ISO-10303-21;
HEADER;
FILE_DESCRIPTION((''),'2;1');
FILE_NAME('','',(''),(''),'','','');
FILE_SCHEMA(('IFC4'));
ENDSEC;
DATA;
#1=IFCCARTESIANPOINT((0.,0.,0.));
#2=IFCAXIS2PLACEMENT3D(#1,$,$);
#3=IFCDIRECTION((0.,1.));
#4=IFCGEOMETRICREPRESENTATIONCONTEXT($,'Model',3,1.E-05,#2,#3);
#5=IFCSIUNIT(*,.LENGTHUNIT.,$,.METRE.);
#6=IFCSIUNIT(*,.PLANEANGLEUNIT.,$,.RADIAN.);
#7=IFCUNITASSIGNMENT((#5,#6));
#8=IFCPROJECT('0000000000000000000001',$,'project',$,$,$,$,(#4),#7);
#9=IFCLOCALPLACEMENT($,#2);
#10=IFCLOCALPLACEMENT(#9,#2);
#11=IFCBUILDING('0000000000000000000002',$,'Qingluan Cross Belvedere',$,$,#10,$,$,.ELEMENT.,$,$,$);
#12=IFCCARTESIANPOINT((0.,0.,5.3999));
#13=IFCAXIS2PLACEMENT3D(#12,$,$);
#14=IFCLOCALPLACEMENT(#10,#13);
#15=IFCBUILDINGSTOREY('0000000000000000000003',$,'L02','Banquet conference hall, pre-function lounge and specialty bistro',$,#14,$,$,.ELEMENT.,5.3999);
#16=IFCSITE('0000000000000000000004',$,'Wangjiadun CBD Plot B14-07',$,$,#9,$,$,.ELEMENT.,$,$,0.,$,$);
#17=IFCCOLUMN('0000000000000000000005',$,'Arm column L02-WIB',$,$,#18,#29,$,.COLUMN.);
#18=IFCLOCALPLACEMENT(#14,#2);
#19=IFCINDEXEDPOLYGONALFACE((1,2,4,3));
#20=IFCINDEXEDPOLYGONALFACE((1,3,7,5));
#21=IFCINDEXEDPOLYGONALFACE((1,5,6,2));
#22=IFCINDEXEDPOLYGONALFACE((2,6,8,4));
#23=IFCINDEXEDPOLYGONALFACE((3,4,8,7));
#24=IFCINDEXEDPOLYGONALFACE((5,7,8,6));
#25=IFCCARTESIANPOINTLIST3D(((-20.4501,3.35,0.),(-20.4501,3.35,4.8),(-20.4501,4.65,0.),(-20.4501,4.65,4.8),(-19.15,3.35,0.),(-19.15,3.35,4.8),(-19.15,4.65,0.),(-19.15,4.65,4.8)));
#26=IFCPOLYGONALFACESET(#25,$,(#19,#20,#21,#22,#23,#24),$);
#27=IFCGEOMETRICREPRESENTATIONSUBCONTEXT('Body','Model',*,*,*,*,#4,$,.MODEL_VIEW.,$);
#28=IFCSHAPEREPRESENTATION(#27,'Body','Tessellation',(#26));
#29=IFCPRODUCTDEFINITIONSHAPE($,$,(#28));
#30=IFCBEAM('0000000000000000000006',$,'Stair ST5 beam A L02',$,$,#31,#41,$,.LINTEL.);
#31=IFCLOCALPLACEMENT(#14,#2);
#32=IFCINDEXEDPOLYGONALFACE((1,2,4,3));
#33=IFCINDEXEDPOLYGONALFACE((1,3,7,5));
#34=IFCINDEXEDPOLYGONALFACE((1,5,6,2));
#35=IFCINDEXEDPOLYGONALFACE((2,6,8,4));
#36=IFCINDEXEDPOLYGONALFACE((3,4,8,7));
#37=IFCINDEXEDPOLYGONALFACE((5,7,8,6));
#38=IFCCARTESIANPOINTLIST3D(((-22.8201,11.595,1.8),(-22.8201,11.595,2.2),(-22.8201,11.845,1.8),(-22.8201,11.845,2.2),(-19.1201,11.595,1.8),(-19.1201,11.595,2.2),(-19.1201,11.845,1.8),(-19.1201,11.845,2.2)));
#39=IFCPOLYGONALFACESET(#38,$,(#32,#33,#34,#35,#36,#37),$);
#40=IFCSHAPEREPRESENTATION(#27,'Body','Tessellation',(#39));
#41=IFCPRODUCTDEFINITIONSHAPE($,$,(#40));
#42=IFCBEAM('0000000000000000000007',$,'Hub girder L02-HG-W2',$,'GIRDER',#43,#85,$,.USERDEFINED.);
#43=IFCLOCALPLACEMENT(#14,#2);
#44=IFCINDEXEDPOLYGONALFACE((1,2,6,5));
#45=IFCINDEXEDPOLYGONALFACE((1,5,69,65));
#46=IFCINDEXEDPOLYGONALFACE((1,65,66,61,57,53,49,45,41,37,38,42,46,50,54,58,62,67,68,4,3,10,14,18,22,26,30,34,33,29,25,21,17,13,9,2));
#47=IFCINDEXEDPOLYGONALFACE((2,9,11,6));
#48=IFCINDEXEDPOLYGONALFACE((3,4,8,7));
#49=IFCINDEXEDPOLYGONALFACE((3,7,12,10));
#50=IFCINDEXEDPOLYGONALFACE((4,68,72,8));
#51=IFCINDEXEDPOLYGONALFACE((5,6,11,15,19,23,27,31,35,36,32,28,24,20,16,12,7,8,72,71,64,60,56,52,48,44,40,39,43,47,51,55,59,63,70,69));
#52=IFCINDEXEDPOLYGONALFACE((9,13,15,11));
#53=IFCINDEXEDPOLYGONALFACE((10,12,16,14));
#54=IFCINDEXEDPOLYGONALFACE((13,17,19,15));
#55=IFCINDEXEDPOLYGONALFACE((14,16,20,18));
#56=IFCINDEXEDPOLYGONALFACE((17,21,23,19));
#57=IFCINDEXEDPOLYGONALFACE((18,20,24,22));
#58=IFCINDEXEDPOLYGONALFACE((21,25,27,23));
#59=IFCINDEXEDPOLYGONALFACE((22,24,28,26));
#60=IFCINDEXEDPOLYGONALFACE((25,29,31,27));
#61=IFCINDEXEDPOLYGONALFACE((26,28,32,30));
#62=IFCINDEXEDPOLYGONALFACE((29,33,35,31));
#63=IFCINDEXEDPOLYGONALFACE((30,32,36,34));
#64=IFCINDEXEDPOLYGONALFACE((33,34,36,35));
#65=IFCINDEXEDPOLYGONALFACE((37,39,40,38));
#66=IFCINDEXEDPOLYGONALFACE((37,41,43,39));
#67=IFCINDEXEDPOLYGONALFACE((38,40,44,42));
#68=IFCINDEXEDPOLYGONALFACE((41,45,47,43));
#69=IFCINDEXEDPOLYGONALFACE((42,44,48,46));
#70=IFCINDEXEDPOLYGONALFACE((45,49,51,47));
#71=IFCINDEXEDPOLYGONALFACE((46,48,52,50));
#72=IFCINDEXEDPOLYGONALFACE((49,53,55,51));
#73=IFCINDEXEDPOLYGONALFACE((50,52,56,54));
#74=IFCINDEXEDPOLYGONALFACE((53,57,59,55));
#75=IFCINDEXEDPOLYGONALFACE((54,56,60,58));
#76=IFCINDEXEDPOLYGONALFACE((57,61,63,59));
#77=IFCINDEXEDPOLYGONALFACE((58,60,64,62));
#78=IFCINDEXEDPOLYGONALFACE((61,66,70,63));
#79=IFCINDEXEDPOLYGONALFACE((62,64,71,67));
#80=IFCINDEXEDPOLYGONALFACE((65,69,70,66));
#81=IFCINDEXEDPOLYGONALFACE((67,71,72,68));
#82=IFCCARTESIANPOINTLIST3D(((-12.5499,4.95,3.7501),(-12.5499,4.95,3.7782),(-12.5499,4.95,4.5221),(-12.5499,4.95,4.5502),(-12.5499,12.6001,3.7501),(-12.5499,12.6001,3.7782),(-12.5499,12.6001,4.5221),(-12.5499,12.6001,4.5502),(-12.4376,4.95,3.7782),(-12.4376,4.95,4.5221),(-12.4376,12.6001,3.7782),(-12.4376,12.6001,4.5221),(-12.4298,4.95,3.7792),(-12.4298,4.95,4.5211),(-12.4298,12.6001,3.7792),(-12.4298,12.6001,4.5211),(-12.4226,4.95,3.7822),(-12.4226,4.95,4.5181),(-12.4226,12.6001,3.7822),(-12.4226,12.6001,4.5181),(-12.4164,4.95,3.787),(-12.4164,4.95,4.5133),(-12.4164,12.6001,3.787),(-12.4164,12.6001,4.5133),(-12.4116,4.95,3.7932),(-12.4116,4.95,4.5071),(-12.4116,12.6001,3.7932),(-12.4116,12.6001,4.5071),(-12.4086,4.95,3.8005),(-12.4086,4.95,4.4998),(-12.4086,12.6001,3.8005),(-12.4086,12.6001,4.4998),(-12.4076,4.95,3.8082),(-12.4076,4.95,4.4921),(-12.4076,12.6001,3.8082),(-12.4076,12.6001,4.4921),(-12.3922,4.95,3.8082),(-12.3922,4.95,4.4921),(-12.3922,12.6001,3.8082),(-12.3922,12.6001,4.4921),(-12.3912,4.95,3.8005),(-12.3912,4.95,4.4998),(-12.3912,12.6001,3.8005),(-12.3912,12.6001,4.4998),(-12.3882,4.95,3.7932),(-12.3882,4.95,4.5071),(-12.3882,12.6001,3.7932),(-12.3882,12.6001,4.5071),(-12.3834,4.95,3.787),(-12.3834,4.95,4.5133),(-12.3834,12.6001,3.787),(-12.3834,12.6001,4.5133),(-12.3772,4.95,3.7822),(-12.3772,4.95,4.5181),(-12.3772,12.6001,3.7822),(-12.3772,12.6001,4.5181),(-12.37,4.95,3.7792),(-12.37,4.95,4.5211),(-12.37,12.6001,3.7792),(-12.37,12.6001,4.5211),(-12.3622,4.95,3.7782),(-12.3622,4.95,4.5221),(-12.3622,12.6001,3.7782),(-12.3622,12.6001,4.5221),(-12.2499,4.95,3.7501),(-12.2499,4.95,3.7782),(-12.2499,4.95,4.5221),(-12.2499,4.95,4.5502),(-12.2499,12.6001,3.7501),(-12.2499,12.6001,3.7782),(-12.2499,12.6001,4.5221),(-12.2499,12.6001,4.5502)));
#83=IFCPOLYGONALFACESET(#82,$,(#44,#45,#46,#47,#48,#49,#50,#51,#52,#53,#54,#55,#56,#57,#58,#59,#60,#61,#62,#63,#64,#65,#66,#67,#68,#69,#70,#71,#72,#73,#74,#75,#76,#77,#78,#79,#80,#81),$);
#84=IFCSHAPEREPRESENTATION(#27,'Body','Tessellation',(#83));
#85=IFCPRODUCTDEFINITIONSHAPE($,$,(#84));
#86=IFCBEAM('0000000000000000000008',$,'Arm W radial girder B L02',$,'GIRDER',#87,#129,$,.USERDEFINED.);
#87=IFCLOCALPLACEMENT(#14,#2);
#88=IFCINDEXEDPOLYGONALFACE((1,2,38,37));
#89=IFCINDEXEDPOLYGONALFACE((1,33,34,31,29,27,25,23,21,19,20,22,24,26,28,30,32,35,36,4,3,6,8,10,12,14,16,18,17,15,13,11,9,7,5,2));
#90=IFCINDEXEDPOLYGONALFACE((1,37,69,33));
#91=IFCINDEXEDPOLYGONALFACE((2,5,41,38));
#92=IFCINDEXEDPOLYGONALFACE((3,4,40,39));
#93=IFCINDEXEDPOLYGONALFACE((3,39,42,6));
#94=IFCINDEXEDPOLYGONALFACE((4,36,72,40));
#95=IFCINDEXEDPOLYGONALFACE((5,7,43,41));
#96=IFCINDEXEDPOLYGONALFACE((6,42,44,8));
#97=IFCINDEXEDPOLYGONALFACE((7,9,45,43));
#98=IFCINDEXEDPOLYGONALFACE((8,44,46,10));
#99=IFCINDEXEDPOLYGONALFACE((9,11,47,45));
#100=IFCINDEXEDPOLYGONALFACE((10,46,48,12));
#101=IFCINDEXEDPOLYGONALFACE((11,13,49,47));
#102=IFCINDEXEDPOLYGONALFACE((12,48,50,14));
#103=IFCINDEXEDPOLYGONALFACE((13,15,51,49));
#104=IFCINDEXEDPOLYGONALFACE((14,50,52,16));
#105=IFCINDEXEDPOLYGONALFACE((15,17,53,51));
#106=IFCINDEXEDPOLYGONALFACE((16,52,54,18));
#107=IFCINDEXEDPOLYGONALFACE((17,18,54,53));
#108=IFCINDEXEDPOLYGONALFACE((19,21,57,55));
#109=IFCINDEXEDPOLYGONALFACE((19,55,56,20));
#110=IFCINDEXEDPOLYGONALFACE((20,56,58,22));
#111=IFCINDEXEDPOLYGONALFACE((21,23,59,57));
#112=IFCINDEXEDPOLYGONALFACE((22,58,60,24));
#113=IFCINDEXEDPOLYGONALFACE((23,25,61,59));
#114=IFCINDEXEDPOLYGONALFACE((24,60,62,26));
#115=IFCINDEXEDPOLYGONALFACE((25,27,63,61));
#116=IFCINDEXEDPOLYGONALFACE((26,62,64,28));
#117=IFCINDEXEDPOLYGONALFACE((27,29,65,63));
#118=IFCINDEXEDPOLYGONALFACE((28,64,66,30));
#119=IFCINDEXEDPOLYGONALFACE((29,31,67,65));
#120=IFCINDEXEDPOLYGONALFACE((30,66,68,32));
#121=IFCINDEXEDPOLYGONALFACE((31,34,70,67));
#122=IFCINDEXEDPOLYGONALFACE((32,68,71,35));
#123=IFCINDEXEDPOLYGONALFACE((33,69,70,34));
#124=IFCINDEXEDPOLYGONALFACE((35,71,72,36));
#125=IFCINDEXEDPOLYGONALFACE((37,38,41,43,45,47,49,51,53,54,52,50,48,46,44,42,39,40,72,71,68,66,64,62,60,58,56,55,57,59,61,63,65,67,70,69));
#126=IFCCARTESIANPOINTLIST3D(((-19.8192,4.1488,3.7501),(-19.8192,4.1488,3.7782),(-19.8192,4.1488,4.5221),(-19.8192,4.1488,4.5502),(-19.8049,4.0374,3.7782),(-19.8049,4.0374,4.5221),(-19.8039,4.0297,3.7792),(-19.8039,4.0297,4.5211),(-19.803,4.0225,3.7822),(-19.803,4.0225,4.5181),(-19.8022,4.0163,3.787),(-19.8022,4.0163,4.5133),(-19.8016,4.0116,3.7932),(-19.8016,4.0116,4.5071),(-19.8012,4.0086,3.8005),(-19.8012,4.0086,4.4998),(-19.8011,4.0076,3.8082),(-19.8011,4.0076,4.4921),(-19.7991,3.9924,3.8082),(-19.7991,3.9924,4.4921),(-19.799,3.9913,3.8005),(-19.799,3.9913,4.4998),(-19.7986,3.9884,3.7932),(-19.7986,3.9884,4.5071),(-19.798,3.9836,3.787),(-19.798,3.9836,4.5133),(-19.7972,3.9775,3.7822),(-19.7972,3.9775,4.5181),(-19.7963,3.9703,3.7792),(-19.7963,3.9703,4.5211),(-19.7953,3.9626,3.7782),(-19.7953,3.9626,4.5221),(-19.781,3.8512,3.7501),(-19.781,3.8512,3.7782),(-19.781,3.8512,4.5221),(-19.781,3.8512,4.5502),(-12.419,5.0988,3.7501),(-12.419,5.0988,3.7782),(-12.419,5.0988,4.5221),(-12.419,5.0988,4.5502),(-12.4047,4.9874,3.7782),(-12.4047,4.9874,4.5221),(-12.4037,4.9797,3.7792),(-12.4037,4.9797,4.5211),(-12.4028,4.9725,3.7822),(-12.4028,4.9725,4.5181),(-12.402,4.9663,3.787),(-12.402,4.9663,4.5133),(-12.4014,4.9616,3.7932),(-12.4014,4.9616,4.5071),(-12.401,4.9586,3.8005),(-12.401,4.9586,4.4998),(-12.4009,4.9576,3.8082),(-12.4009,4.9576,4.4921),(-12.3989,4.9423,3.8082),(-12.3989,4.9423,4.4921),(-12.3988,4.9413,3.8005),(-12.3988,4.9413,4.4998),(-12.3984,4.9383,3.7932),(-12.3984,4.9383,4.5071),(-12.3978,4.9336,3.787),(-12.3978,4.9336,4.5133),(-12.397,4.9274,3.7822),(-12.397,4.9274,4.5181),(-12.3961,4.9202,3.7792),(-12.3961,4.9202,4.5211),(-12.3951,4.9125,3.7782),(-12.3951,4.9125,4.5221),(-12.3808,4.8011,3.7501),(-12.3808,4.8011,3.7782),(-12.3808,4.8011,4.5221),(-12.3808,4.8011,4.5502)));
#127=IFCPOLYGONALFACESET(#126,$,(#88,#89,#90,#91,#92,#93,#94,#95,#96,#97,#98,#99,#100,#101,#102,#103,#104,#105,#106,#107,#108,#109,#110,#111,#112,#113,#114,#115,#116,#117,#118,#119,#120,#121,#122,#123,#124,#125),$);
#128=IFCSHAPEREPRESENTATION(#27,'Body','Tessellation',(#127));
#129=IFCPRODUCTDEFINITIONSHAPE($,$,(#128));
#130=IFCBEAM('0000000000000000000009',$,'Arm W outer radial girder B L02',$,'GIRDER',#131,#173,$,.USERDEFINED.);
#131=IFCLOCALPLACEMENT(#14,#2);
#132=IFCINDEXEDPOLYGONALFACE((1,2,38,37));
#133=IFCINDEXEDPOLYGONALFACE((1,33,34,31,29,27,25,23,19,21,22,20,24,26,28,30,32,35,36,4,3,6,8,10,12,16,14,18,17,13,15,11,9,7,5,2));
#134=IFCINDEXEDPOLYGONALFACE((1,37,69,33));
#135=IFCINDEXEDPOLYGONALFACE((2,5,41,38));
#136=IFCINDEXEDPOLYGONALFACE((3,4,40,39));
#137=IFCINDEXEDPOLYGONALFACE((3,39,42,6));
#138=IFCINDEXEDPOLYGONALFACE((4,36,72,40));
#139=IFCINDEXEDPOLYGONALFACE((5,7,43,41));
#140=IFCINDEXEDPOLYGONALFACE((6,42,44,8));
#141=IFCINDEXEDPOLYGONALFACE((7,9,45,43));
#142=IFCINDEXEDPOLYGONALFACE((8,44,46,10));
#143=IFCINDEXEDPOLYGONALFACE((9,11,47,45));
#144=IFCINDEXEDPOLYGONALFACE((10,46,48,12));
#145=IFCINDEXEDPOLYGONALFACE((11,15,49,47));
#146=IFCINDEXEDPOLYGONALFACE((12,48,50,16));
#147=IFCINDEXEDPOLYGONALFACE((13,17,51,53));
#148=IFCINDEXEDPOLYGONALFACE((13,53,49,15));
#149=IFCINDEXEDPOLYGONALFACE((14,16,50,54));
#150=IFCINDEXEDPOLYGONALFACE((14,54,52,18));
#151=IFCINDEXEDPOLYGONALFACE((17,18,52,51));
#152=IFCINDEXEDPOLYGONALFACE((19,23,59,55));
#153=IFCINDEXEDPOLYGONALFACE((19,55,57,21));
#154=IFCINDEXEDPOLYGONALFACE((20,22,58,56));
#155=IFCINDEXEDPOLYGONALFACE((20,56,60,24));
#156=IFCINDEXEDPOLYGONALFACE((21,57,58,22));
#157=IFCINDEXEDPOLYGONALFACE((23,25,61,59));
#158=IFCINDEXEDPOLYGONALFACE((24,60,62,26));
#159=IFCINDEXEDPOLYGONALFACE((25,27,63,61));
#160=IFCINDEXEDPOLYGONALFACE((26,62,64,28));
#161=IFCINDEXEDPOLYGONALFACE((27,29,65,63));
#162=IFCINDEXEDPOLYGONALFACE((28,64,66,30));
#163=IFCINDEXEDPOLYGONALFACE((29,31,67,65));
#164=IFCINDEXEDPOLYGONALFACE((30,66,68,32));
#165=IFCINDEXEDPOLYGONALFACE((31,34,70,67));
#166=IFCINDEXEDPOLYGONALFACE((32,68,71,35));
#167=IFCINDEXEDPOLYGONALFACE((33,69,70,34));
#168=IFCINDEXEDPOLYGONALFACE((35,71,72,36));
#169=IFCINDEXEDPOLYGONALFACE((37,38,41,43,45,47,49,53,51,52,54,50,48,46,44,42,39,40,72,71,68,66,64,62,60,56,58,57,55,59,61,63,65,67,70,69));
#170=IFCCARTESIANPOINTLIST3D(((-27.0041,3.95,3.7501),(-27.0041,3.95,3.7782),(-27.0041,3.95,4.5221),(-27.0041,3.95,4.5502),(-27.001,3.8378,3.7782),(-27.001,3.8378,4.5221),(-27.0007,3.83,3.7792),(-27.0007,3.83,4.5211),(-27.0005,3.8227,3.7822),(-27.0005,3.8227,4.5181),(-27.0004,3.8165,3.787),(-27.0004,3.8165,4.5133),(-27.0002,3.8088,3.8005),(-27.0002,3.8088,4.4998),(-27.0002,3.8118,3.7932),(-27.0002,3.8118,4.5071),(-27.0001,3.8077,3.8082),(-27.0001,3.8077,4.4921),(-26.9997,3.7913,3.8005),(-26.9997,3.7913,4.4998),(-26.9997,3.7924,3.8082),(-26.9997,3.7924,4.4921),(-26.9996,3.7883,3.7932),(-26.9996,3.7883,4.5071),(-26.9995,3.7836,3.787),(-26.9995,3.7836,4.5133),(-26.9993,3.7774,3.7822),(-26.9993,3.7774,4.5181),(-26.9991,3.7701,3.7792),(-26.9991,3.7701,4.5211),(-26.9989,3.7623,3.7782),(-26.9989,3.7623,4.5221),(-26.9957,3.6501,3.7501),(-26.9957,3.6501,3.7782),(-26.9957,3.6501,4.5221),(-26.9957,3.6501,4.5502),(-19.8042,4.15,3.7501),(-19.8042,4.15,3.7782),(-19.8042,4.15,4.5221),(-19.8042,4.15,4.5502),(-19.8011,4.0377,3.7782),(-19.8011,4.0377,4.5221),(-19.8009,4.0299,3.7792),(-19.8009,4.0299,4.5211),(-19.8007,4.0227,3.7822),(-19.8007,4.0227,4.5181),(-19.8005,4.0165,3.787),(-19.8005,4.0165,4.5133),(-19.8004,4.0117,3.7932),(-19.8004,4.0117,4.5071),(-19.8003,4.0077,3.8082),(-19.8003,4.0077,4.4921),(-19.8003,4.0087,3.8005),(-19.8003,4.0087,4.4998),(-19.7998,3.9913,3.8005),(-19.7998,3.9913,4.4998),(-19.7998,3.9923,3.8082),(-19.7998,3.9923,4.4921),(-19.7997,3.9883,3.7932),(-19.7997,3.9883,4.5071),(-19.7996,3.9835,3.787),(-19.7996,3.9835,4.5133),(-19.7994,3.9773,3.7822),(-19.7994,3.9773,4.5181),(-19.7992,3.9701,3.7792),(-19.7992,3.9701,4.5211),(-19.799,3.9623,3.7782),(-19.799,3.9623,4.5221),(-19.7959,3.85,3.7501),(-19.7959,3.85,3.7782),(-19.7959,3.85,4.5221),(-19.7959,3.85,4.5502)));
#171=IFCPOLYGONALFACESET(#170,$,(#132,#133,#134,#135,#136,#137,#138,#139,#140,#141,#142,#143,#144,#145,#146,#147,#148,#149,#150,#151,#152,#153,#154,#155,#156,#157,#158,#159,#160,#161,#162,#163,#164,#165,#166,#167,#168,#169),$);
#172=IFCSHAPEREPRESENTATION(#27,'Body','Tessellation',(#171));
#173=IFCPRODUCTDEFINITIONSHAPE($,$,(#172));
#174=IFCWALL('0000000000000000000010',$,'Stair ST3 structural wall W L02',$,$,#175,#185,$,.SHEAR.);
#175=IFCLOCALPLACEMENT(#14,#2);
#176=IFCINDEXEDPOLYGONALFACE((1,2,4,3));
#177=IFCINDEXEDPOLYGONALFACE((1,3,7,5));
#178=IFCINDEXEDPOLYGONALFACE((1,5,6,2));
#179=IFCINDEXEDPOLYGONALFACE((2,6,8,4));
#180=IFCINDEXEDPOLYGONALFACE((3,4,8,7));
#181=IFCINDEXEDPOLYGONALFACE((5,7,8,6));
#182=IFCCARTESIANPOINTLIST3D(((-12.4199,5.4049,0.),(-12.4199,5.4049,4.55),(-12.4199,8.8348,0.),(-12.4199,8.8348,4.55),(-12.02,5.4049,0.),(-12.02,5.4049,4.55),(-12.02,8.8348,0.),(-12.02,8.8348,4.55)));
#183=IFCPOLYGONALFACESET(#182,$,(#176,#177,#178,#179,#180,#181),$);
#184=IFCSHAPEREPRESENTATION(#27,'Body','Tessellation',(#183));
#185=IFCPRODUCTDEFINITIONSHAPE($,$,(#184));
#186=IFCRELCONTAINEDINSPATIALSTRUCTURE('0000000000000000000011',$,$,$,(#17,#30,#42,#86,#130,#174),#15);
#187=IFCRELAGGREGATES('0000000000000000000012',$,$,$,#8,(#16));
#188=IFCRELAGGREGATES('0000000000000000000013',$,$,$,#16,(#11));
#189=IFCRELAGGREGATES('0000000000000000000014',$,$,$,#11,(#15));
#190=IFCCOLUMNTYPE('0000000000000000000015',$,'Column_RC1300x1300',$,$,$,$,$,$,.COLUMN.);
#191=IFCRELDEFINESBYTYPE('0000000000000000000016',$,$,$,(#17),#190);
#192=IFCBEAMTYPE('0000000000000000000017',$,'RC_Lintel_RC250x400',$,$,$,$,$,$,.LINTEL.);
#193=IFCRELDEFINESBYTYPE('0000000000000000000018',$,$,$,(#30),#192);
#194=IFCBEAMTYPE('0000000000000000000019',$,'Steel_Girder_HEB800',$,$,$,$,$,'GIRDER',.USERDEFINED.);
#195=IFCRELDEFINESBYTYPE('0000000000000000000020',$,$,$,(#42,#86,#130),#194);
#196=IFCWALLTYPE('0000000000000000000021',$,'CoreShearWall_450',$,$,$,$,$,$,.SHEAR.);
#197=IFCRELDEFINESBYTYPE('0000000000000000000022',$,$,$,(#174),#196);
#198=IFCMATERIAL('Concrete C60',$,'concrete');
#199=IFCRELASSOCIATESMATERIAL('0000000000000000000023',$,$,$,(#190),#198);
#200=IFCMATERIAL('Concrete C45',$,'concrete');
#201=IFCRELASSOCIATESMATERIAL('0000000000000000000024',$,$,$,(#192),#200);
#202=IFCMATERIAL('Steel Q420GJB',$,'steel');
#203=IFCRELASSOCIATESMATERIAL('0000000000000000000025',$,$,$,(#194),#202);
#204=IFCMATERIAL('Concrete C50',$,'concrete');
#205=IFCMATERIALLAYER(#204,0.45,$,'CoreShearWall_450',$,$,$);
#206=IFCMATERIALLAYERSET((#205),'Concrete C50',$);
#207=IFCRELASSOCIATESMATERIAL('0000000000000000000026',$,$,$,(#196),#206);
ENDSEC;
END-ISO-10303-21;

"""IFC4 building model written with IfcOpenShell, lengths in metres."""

from ifc_helpers import new_model, si_unit, direction, frame, frame_2d, origin, origin_2d, place, context, subcontext, project, spatial, rectangle, i_section, extrude, material, layer, layer_set, material_profile, profile_set, type_object, element, save


model = new_model("IFC4")

# Units and contexts
model_context = context("Model", 3, precision=1e-05, world=origin(), true_north=direction((0.0, 1.0)))
body_context = subcontext(model_context, "Body", "Model", "MODEL_VIEW")
ifc_project = project(units=[si_unit("LENGTHUNIT", "METRE"), si_unit("PLANEANGLEUNIT", "RADIAN")], contexts=[model_context])

# Site, building, storey
site_placement = place(None, origin())
site = spatial("IfcSite", under=ifc_project, at=site_placement, Name="Wangjiadun CBD Plot B14-07", CompositionType="ELEMENT", RefElevation=0.0)
building_placement = place(site_placement, origin())
building = spatial("IfcBuilding", under=site, at=building_placement, Name="Qingluan Cross Belvedere", CompositionType="ELEMENT")
storey_placement = place(building_placement, frame((0.0, 0.0, 5.3999)))
storey = spatial("IfcBuildingStorey", under=building, at=storey_placement, Name="L02", Description="Banquet conference hall, pre-function lounge and specialty bistro", CompositionType="ELEMENT", Elevation=5.3999)

# Column
ifc_material_1 = material(Name="Concrete C60", Category="concrete")
ifc_material_profile_1 = material_profile(ifc_material_1, rectangle(XDim=1.3, YDim=1.3, at=origin_2d()), Name="RC1300x1300")
ifc_profile_set_1 = profile_set([ifc_material_profile_1], Name="Concrete C60")
column_type = type_object("IfcColumnType", Name="Column_RC1300x1300", PredefinedType="COLUMN", material=ifc_profile_set_1)
column_placement = place(storey_placement, frame((-19.8, 4.0, 0.0), z_axis=(0.0, 0.0, 1.0), x_axis=(1.0, 0.0, 0.0)))
element("IfcColumn", 1, at=column_placement, inside=storey, type_object=column_type, Name="Arm column L02-WIB", PredefinedType="COLUMN", context=body_context, shape_type="SweptSolid", body=[
    extrude(rectangle(XDim=1.3, YDim=1.3, at=origin_2d()), origin(), (0.0, 0.0, 1.0), 4.8),
])

# Beams
ifc_material_2 = material(Name="Concrete C45", Category="concrete")
ifc_material_profile_2 = material_profile(ifc_material_2, rectangle(XDim=0.25, YDim=0.3999, at=origin_2d()), Name="RC250x400")
ifc_profile_set_2 = profile_set([ifc_material_profile_2], Name="Concrete C45")
beam_type_1 = type_object("IfcBeamType", Name="RC_Lintel_RC250x400", PredefinedType="LINTEL", material=ifc_profile_set_2)
beam_1_placement = place(storey_placement, frame((-22.8201, 11.72, 2.0), z_axis=(1.0, 0.0, 0.0), x_axis=(0.0, 1.0, 0.0)))
element("IfcBeam", 2, at=beam_1_placement, inside=storey, type_object=beam_type_1, Name="Stair ST5 beam A L02", PredefinedType="LINTEL", context=body_context, shape_type="SweptSolid", body=[
    extrude(rectangle(XDim=0.25, YDim=0.3999, at=origin_2d()), origin(), (0.0, 0.0, 1.0), 3.7),
])
ifc_material_3 = material(Name="Steel Q420GJB", Category="steel")
ifc_material_profile_3 = material_profile(ifc_material_3, i_section(OverallWidth=0.3, OverallDepth=0.8, WebThickness=0.0154, FlangeThickness=0.0281, FilletRadius=0.03, at=origin_2d()), Name="HEB800")
ifc_profile_set_3 = profile_set([ifc_material_profile_3], Name="Steel Q420GJB")
beam_type_2 = type_object("IfcBeamType", Name="Steel_Girder_HEB800", ElementType="GIRDER", PredefinedType="USERDEFINED", material=ifc_profile_set_3)
beam_2_placement = place(storey_placement, frame((-12.3999, 4.95, 4.1501), z_axis=(0.0, 1.0, 0.0), x_axis=(-1.0, 0.0, 0.0)))
element("IfcBeam", 3, at=beam_2_placement, inside=storey, type_object=beam_type_2, Name="Hub girder L02-HG-W2", ObjectType="GIRDER", PredefinedType="USERDEFINED", context=body_context, shape_type="SweptSolid", body=[
    extrude(i_section(OverallWidth=0.3, OverallDepth=0.8, WebThickness=0.0154, FlangeThickness=0.0281, FilletRadius=0.03, at=origin_2d()), origin(), (0.0, 0.0, 1.0), 7.6501),
])
beam_3_placement = place(storey_placement, frame((-12.3999, 4.95, 4.1501), z_axis=(-0.991861, -0.127324, 0.0), x_axis=(0.127324, -0.991861, 0.0)))
element("IfcBeam", 4, at=beam_3_placement, inside=storey, type_object=beam_type_2, Name="Arm W radial girder B L02", ObjectType="GIRDER", PredefinedType="USERDEFINED", context=body_context, shape_type="SweptSolid", body=[
    extrude(i_section(OverallWidth=0.3, OverallDepth=0.8, WebThickness=0.0154, FlangeThickness=0.0281, FilletRadius=0.03, at=origin_2d()), origin(), (0.0, 0.0, 1.0), 7.4609),
])
beam_4_placement = place(storey_placement, frame((-19.8, 4.0, 4.1501), z_axis=(-0.999615, -0.02776, 0.0), x_axis=(0.02776, -0.999615, 0.0)))
element("IfcBeam", 5, at=beam_4_placement, inside=storey, type_object=beam_type_2, Name="Arm W outer radial girder B L02", ObjectType="GIRDER", PredefinedType="USERDEFINED", context=body_context, shape_type="SweptSolid", body=[
    extrude(i_section(OverallWidth=0.3, OverallDepth=0.8, WebThickness=0.0154, FlangeThickness=0.0281, FilletRadius=0.03, at=origin_2d()), origin(), (0.0, 0.0, 1.0), 7.2026),
])

# Wall
ifc_material_4 = material(Name="Concrete C50", Category="concrete")
ifc_layer_1 = layer(ifc_material_4, 0.45, Name="CoreShearWall_450")
ifc_layer_set_1 = layer_set([ifc_layer_1], Name="Concrete C50")
wall_type_1 = type_object("IfcWallType", Name="CoreShearWall_450", PredefinedType="SHEAR", material=ifc_layer_set_1)
wall_1_placement = place(storey_placement, frame((-12.22, 5.405, 0.0), z_axis=(0.0, 0.0, 1.0), x_axis=(0.0, 1.0, 0.0)))
element("IfcWall", 6, at=wall_1_placement, inside=storey, type_object=wall_type_1, Name="Stair ST3 structural wall W L02", PredefinedType="SHEAR", context=body_context, shape_type="SweptSolid", body=[
    extrude(rectangle(XDim=3.4299, YDim=0.3999, at=frame_2d((1.7148, 0.0))), origin(), (0.0, 0.0, 1.0), 4.55),
])

save(model, "model.ifc")
